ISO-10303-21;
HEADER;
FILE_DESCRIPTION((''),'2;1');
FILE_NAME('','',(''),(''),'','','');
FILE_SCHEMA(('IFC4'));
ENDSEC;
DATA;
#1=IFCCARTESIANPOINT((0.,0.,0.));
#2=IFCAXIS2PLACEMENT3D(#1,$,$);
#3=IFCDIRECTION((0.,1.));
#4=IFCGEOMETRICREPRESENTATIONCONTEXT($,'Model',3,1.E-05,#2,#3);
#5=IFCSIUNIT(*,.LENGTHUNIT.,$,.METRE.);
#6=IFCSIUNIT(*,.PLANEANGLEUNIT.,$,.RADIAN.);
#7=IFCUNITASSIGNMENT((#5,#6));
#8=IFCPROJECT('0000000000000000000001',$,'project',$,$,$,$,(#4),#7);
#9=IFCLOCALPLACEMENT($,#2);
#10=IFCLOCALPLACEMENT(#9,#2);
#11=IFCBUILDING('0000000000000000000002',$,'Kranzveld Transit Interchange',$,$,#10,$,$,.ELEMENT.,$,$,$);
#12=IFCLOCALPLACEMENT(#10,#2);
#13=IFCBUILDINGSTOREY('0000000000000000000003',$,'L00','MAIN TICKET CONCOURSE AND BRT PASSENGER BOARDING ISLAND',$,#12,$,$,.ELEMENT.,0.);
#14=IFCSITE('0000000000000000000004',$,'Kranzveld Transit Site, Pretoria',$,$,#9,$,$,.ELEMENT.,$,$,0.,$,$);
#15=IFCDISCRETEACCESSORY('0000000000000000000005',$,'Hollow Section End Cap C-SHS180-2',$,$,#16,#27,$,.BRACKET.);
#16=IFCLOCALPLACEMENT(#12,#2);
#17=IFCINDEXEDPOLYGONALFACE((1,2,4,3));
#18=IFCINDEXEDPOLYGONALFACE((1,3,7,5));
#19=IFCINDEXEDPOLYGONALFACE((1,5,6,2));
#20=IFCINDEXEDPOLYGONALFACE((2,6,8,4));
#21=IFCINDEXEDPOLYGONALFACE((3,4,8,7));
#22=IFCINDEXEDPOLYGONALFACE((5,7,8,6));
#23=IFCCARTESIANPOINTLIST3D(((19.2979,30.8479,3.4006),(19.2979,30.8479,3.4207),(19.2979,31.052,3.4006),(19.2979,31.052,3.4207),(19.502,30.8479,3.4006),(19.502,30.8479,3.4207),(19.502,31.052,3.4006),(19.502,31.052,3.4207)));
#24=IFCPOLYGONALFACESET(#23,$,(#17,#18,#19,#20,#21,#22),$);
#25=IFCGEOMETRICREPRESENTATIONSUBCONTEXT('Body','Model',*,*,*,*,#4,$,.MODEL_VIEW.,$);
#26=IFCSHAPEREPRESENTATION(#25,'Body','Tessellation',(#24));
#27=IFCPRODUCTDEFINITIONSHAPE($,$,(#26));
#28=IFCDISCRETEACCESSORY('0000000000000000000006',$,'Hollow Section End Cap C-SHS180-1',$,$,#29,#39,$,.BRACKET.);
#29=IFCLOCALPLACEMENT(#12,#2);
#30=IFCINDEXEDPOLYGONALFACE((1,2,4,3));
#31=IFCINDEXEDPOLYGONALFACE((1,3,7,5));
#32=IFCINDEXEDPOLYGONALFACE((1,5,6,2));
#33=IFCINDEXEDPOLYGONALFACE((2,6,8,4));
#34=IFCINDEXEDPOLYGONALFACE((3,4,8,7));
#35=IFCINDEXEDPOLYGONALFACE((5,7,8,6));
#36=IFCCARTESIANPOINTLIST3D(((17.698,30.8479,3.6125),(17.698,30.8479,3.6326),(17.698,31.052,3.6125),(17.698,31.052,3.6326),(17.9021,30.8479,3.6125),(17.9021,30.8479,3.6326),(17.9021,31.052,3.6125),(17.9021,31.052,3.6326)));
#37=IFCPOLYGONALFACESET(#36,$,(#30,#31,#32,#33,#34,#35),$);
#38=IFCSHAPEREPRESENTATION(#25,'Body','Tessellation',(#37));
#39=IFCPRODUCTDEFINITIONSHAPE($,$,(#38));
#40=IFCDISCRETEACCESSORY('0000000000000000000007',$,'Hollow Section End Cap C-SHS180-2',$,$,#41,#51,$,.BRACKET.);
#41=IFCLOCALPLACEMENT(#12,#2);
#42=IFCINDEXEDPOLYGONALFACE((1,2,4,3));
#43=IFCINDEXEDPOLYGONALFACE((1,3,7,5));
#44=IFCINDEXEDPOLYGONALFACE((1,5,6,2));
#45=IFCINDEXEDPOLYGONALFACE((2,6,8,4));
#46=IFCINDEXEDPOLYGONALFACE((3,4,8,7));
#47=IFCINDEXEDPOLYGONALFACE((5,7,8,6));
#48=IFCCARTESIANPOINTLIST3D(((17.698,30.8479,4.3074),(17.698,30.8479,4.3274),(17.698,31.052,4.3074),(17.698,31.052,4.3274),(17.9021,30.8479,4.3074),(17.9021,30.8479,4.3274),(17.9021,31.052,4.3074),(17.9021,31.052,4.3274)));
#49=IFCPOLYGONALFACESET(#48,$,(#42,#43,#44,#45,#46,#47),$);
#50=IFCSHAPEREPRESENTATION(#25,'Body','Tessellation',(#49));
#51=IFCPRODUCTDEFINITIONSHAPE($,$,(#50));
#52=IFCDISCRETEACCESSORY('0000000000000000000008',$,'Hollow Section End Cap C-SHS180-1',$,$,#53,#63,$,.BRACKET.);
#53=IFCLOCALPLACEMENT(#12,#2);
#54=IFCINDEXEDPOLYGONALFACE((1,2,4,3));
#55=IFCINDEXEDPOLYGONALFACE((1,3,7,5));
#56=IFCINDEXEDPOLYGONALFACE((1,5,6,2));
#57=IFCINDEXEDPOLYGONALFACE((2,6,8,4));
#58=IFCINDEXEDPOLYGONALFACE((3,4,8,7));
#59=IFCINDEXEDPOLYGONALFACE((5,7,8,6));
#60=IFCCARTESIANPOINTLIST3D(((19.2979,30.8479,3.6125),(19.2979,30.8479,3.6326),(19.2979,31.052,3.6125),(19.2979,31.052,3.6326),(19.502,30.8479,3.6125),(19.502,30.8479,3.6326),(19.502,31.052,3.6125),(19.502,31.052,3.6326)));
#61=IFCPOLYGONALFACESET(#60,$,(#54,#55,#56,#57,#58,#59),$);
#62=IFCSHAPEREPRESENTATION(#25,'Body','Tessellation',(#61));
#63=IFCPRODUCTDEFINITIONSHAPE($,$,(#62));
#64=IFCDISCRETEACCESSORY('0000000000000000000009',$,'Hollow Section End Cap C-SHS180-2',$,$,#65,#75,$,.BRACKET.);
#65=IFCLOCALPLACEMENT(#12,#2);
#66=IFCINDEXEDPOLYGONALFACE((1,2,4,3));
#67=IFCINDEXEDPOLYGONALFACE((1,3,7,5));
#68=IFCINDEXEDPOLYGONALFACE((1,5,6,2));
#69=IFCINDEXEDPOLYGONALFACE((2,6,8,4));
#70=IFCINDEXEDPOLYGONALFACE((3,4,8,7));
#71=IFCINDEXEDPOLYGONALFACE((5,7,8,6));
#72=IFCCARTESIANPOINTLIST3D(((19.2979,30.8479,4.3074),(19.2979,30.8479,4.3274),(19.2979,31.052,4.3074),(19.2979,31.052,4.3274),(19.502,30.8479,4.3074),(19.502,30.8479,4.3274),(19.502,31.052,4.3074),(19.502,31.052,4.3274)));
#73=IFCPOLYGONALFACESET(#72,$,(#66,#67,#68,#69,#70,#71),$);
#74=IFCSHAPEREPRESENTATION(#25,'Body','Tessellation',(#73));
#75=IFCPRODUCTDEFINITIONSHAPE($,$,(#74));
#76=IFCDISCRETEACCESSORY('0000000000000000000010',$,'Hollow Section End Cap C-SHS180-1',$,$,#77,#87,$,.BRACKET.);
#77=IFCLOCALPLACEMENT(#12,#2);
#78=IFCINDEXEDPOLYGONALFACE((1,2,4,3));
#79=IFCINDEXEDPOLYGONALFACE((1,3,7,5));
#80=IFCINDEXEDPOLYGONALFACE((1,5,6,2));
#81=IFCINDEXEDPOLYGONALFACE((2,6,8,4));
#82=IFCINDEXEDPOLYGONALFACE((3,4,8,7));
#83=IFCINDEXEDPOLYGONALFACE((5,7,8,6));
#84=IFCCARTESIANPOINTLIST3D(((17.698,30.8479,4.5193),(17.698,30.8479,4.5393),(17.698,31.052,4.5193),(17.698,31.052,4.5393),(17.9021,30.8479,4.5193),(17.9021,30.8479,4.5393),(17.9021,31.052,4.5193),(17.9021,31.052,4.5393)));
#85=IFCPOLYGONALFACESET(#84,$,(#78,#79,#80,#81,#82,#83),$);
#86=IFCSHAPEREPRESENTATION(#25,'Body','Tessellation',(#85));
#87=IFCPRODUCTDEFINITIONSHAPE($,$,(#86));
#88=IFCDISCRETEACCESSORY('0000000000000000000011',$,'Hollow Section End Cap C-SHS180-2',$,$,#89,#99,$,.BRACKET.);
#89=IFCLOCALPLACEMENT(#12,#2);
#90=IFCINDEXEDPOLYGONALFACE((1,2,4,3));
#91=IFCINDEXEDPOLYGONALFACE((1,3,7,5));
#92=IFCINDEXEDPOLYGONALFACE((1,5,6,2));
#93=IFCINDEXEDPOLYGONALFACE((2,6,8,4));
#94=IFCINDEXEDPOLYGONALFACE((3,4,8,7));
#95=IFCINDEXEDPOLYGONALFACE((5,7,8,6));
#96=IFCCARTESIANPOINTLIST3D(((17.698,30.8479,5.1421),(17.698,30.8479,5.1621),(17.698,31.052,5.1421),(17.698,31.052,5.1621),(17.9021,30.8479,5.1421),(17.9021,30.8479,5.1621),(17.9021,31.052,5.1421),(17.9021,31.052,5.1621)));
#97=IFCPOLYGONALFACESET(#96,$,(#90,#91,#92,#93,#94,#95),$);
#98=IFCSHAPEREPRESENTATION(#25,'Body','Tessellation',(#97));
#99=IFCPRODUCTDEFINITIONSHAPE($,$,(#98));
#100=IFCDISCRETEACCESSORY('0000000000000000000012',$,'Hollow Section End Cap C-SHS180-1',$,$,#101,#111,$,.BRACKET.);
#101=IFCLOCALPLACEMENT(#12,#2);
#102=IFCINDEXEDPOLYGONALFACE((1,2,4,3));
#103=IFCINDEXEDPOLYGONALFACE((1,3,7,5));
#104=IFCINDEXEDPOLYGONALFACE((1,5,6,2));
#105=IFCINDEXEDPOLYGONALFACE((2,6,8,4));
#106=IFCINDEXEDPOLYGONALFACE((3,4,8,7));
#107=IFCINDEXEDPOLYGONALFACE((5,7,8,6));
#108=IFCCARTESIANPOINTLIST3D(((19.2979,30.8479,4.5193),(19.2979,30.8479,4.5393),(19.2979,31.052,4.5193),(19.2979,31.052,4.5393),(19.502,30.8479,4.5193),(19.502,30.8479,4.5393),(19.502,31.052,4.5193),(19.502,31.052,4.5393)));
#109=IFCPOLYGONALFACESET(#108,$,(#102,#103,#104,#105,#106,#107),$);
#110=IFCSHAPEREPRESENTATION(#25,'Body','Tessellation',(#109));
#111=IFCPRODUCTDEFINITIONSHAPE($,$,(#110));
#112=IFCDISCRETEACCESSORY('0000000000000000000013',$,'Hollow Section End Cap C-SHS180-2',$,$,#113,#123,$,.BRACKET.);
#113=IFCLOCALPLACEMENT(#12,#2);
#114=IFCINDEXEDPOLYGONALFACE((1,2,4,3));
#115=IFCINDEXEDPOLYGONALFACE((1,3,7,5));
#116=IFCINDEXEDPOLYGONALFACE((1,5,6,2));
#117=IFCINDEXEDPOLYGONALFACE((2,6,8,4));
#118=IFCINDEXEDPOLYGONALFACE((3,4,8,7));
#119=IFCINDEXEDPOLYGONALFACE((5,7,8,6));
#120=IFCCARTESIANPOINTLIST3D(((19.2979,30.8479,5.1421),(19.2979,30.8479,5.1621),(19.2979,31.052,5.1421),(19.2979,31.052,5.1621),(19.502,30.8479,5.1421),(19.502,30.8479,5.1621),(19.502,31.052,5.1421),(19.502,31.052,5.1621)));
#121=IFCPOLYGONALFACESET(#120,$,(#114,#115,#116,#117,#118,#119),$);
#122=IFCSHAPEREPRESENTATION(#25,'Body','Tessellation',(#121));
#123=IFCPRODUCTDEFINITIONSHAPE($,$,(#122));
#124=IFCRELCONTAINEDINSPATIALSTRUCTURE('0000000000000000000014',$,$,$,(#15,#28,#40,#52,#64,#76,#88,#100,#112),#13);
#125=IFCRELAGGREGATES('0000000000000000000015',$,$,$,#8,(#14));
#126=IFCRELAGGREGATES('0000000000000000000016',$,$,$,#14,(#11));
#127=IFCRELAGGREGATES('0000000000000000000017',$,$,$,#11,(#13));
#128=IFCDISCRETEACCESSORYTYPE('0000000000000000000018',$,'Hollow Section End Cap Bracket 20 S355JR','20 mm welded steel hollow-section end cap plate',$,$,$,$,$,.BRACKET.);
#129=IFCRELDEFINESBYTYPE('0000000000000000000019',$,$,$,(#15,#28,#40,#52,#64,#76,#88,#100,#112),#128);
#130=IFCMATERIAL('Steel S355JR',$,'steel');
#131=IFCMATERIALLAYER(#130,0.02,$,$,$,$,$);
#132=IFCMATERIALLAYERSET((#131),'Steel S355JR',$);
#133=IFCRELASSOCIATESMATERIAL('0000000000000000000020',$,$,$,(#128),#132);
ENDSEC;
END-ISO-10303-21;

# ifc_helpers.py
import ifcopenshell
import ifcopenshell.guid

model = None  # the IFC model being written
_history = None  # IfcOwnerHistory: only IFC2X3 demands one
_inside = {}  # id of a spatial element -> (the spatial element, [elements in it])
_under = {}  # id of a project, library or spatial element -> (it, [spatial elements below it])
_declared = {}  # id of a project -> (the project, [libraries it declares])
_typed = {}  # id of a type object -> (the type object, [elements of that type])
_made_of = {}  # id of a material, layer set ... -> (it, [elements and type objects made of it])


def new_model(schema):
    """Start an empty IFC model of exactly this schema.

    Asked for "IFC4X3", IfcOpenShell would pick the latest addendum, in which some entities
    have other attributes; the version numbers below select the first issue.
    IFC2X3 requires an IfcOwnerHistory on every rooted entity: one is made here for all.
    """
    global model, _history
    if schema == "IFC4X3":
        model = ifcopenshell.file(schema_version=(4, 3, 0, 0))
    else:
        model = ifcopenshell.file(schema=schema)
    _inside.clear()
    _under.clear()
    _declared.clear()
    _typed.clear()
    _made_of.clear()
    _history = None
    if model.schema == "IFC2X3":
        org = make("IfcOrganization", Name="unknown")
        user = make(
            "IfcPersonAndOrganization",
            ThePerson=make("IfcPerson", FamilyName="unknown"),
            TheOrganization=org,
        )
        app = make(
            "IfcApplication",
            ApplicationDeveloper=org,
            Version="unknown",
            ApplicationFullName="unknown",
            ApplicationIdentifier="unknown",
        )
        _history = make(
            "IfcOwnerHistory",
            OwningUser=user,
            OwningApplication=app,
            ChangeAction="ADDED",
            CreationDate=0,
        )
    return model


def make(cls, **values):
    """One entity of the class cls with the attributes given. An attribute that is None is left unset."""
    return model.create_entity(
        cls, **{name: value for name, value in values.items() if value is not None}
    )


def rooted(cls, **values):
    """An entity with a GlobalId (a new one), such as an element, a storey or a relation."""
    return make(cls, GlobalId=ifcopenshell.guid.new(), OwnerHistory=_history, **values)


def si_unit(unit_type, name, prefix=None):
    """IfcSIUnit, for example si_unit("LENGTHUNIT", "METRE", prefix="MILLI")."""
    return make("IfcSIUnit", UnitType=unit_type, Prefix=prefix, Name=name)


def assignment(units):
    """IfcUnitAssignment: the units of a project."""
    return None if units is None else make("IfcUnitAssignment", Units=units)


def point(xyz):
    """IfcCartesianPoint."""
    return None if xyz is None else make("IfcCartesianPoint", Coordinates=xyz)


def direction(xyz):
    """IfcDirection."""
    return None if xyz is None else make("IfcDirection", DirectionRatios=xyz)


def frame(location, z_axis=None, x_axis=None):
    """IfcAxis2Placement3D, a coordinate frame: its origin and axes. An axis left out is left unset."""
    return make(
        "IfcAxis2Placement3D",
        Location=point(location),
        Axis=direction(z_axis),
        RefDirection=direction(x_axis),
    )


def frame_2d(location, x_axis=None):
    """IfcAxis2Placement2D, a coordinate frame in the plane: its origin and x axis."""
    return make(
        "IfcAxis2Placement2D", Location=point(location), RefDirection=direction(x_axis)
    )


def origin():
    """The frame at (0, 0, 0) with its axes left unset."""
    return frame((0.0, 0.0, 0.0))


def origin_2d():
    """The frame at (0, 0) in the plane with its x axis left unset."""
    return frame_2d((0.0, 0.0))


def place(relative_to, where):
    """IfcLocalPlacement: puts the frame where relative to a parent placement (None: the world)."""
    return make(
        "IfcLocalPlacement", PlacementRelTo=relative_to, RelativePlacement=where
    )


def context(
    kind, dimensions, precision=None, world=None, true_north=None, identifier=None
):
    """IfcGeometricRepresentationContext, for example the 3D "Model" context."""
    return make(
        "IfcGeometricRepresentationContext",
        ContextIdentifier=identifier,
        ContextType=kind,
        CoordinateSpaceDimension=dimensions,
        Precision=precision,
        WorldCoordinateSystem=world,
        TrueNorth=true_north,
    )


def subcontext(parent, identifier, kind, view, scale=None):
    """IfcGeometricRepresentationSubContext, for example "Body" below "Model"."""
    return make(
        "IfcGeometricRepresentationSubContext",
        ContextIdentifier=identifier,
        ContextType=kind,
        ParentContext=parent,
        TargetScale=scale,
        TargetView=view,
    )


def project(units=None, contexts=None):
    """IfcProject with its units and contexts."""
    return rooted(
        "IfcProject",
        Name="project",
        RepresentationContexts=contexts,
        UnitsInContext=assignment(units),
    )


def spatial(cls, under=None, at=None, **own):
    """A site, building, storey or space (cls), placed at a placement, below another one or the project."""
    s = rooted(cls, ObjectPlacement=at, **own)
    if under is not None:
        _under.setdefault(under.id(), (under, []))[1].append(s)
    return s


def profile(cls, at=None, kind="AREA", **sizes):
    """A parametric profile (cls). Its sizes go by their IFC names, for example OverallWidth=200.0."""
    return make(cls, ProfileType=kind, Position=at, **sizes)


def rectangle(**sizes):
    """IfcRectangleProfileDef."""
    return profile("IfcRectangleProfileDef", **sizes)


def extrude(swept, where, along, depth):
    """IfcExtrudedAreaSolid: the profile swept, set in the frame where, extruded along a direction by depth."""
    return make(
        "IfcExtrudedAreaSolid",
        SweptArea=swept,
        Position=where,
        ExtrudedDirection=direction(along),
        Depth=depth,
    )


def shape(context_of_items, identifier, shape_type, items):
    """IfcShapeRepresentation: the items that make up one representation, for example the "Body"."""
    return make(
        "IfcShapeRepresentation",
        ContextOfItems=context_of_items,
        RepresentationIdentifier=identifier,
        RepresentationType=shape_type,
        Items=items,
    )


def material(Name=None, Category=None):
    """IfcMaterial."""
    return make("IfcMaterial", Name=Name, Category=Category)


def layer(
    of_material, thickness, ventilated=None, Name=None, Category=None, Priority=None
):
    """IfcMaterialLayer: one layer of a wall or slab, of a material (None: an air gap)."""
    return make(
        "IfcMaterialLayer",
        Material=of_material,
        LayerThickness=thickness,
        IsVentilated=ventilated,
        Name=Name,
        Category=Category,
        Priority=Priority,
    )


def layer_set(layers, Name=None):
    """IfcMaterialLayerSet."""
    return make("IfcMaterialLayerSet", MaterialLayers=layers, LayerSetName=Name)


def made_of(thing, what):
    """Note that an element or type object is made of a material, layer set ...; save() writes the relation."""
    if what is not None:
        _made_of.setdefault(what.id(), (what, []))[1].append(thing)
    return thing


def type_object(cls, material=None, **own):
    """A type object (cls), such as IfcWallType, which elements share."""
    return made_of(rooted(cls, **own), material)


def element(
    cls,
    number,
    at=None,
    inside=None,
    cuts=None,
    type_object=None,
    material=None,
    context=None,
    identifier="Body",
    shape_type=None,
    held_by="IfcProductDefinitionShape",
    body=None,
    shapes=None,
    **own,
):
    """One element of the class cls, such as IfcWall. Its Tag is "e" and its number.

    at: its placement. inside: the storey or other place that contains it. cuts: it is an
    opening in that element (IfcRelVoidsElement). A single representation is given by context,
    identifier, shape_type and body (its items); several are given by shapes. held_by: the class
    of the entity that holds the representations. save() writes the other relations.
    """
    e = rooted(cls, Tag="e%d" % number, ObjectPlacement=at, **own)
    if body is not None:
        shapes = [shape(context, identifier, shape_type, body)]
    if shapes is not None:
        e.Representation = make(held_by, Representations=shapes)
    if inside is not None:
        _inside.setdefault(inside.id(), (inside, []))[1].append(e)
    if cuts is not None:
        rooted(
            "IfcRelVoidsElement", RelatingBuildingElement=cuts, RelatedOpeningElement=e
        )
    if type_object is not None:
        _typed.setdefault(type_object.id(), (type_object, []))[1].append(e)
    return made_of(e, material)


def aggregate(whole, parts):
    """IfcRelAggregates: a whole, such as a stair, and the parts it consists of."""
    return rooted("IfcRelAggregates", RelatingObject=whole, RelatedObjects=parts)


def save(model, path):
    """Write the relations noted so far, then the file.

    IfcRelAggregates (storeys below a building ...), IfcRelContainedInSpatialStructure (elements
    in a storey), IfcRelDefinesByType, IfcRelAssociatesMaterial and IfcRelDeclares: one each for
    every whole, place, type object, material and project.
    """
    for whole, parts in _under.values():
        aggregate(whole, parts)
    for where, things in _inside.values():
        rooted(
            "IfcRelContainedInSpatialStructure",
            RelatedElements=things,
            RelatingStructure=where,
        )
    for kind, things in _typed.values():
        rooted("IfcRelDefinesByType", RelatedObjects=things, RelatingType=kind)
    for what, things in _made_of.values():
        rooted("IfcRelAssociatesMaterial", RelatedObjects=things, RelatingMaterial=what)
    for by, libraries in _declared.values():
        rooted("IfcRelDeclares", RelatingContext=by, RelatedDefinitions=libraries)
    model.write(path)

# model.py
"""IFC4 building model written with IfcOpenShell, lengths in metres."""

from ifc_helpers import new_model, si_unit, direction, frame, origin, origin_2d, place, context, subcontext, project, spatial, rectangle, extrude, material, layer, layer_set, type_object, element, save


model = new_model("IFC4")

# Units and contexts
model_context = context("Model", 3, precision=1e-05, world=origin(), true_north=direction((0.0, 1.0)))
body_context = subcontext(model_context, "Body", "Model", "MODEL_VIEW")
ifc_project = project(units=[si_unit("LENGTHUNIT", "METRE"), si_unit("PLANEANGLEUNIT", "RADIAN")], contexts=[model_context])

# Site, building, storey
site_placement = place(None, origin())
site = spatial("IfcSite", under=ifc_project, at=site_placement, Name="Kranzveld Transit Site, Pretoria", CompositionType="ELEMENT", RefElevation=0.0)
building_placement = place(site_placement, origin())
building = spatial("IfcBuilding", under=site, at=building_placement, Name="Kranzveld Transit Interchange", CompositionType="ELEMENT")
storey_placement = place(building_placement, origin())
storey = spatial("IfcBuildingStorey", under=building, at=storey_placement, Name="L00", Description="MAIN TICKET CONCOURSE AND BRT PASSENGER BOARDING ISLAND", CompositionType="ELEMENT", Elevation=0.0)

# Discrete accessories
ifc_material_1 = material(Name="Steel S355JR", Category="steel")
ifc_layer = layer(ifc_material_1, 0.02)
ifc_layer_set = layer_set([ifc_layer], Name="Steel S355JR")
discrete_accessory_type = type_object("IfcDiscreteAccessoryType", Name="Hollow Section End Cap Bracket 20 S355JR", Description="20 mm welded steel hollow-section end cap plate", PredefinedType="BRACKET", material=ifc_layer_set)
for number, where, z_axis, x_axis, name in (
    (1, (19.3999, 30.95, 3.4006), (0.0, 0.0, 1.0), (1.0, 0.0, 0.0), "Hollow Section End Cap C-SHS180-2"),
    (2, (17.8, 30.95, 3.6326), (0.0, 0.0, -1.0), (1.0, 0.0, 0.0), "Hollow Section End Cap C-SHS180-1"),
    (3, (17.8, 30.95, 4.3074), (0.0, 0.0, 1.0), (1.0, 0.0, 0.0), "Hollow Section End Cap C-SHS180-2"),
    (4, (19.3999, 30.95, 3.6326), (0.0, 0.0, -1.0), (1.0, 0.0, 0.0), "Hollow Section End Cap C-SHS180-1"),
    (5, (19.3999, 30.95, 4.3074), (0.0, 0.0, 1.0), (1.0, 0.0, 0.0), "Hollow Section End Cap C-SHS180-2"),
    (6, (17.8, 30.95, 4.5393), (0.0, 0.0, -1.0), (1.0, 0.0, 0.0), "Hollow Section End Cap C-SHS180-1"),
    (7, (17.8, 30.95, 5.1421), (0.0, 0.0, 1.0), (1.0, 0.0, 0.0), "Hollow Section End Cap C-SHS180-2"),
    (8, (19.3999, 30.95, 4.5393), (0.0, 0.0, -1.0), (1.0, 0.0, 0.0), "Hollow Section End Cap C-SHS180-1"),
    (9, (19.3999, 30.95, 5.1421), (0.0, 0.0, 1.0), (1.0, 0.0, 0.0), "Hollow Section End Cap C-SHS180-2"),
):
    element("IfcDiscreteAccessory", number, at=place(storey_placement, frame(where, z_axis=z_axis, x_axis=x_axis)), inside=storey, type_object=discrete_accessory_type, Name=name, PredefinedType="BRACKET", context=body_context, shape_type="SweptSolid", body=[
        extrude(rectangle(XDim=0.2041, YDim=0.2041, at=origin_2d()), origin(), (0.0, 0.0, 1.0), 0.02),
    ])

save(model, "model.ifc")
